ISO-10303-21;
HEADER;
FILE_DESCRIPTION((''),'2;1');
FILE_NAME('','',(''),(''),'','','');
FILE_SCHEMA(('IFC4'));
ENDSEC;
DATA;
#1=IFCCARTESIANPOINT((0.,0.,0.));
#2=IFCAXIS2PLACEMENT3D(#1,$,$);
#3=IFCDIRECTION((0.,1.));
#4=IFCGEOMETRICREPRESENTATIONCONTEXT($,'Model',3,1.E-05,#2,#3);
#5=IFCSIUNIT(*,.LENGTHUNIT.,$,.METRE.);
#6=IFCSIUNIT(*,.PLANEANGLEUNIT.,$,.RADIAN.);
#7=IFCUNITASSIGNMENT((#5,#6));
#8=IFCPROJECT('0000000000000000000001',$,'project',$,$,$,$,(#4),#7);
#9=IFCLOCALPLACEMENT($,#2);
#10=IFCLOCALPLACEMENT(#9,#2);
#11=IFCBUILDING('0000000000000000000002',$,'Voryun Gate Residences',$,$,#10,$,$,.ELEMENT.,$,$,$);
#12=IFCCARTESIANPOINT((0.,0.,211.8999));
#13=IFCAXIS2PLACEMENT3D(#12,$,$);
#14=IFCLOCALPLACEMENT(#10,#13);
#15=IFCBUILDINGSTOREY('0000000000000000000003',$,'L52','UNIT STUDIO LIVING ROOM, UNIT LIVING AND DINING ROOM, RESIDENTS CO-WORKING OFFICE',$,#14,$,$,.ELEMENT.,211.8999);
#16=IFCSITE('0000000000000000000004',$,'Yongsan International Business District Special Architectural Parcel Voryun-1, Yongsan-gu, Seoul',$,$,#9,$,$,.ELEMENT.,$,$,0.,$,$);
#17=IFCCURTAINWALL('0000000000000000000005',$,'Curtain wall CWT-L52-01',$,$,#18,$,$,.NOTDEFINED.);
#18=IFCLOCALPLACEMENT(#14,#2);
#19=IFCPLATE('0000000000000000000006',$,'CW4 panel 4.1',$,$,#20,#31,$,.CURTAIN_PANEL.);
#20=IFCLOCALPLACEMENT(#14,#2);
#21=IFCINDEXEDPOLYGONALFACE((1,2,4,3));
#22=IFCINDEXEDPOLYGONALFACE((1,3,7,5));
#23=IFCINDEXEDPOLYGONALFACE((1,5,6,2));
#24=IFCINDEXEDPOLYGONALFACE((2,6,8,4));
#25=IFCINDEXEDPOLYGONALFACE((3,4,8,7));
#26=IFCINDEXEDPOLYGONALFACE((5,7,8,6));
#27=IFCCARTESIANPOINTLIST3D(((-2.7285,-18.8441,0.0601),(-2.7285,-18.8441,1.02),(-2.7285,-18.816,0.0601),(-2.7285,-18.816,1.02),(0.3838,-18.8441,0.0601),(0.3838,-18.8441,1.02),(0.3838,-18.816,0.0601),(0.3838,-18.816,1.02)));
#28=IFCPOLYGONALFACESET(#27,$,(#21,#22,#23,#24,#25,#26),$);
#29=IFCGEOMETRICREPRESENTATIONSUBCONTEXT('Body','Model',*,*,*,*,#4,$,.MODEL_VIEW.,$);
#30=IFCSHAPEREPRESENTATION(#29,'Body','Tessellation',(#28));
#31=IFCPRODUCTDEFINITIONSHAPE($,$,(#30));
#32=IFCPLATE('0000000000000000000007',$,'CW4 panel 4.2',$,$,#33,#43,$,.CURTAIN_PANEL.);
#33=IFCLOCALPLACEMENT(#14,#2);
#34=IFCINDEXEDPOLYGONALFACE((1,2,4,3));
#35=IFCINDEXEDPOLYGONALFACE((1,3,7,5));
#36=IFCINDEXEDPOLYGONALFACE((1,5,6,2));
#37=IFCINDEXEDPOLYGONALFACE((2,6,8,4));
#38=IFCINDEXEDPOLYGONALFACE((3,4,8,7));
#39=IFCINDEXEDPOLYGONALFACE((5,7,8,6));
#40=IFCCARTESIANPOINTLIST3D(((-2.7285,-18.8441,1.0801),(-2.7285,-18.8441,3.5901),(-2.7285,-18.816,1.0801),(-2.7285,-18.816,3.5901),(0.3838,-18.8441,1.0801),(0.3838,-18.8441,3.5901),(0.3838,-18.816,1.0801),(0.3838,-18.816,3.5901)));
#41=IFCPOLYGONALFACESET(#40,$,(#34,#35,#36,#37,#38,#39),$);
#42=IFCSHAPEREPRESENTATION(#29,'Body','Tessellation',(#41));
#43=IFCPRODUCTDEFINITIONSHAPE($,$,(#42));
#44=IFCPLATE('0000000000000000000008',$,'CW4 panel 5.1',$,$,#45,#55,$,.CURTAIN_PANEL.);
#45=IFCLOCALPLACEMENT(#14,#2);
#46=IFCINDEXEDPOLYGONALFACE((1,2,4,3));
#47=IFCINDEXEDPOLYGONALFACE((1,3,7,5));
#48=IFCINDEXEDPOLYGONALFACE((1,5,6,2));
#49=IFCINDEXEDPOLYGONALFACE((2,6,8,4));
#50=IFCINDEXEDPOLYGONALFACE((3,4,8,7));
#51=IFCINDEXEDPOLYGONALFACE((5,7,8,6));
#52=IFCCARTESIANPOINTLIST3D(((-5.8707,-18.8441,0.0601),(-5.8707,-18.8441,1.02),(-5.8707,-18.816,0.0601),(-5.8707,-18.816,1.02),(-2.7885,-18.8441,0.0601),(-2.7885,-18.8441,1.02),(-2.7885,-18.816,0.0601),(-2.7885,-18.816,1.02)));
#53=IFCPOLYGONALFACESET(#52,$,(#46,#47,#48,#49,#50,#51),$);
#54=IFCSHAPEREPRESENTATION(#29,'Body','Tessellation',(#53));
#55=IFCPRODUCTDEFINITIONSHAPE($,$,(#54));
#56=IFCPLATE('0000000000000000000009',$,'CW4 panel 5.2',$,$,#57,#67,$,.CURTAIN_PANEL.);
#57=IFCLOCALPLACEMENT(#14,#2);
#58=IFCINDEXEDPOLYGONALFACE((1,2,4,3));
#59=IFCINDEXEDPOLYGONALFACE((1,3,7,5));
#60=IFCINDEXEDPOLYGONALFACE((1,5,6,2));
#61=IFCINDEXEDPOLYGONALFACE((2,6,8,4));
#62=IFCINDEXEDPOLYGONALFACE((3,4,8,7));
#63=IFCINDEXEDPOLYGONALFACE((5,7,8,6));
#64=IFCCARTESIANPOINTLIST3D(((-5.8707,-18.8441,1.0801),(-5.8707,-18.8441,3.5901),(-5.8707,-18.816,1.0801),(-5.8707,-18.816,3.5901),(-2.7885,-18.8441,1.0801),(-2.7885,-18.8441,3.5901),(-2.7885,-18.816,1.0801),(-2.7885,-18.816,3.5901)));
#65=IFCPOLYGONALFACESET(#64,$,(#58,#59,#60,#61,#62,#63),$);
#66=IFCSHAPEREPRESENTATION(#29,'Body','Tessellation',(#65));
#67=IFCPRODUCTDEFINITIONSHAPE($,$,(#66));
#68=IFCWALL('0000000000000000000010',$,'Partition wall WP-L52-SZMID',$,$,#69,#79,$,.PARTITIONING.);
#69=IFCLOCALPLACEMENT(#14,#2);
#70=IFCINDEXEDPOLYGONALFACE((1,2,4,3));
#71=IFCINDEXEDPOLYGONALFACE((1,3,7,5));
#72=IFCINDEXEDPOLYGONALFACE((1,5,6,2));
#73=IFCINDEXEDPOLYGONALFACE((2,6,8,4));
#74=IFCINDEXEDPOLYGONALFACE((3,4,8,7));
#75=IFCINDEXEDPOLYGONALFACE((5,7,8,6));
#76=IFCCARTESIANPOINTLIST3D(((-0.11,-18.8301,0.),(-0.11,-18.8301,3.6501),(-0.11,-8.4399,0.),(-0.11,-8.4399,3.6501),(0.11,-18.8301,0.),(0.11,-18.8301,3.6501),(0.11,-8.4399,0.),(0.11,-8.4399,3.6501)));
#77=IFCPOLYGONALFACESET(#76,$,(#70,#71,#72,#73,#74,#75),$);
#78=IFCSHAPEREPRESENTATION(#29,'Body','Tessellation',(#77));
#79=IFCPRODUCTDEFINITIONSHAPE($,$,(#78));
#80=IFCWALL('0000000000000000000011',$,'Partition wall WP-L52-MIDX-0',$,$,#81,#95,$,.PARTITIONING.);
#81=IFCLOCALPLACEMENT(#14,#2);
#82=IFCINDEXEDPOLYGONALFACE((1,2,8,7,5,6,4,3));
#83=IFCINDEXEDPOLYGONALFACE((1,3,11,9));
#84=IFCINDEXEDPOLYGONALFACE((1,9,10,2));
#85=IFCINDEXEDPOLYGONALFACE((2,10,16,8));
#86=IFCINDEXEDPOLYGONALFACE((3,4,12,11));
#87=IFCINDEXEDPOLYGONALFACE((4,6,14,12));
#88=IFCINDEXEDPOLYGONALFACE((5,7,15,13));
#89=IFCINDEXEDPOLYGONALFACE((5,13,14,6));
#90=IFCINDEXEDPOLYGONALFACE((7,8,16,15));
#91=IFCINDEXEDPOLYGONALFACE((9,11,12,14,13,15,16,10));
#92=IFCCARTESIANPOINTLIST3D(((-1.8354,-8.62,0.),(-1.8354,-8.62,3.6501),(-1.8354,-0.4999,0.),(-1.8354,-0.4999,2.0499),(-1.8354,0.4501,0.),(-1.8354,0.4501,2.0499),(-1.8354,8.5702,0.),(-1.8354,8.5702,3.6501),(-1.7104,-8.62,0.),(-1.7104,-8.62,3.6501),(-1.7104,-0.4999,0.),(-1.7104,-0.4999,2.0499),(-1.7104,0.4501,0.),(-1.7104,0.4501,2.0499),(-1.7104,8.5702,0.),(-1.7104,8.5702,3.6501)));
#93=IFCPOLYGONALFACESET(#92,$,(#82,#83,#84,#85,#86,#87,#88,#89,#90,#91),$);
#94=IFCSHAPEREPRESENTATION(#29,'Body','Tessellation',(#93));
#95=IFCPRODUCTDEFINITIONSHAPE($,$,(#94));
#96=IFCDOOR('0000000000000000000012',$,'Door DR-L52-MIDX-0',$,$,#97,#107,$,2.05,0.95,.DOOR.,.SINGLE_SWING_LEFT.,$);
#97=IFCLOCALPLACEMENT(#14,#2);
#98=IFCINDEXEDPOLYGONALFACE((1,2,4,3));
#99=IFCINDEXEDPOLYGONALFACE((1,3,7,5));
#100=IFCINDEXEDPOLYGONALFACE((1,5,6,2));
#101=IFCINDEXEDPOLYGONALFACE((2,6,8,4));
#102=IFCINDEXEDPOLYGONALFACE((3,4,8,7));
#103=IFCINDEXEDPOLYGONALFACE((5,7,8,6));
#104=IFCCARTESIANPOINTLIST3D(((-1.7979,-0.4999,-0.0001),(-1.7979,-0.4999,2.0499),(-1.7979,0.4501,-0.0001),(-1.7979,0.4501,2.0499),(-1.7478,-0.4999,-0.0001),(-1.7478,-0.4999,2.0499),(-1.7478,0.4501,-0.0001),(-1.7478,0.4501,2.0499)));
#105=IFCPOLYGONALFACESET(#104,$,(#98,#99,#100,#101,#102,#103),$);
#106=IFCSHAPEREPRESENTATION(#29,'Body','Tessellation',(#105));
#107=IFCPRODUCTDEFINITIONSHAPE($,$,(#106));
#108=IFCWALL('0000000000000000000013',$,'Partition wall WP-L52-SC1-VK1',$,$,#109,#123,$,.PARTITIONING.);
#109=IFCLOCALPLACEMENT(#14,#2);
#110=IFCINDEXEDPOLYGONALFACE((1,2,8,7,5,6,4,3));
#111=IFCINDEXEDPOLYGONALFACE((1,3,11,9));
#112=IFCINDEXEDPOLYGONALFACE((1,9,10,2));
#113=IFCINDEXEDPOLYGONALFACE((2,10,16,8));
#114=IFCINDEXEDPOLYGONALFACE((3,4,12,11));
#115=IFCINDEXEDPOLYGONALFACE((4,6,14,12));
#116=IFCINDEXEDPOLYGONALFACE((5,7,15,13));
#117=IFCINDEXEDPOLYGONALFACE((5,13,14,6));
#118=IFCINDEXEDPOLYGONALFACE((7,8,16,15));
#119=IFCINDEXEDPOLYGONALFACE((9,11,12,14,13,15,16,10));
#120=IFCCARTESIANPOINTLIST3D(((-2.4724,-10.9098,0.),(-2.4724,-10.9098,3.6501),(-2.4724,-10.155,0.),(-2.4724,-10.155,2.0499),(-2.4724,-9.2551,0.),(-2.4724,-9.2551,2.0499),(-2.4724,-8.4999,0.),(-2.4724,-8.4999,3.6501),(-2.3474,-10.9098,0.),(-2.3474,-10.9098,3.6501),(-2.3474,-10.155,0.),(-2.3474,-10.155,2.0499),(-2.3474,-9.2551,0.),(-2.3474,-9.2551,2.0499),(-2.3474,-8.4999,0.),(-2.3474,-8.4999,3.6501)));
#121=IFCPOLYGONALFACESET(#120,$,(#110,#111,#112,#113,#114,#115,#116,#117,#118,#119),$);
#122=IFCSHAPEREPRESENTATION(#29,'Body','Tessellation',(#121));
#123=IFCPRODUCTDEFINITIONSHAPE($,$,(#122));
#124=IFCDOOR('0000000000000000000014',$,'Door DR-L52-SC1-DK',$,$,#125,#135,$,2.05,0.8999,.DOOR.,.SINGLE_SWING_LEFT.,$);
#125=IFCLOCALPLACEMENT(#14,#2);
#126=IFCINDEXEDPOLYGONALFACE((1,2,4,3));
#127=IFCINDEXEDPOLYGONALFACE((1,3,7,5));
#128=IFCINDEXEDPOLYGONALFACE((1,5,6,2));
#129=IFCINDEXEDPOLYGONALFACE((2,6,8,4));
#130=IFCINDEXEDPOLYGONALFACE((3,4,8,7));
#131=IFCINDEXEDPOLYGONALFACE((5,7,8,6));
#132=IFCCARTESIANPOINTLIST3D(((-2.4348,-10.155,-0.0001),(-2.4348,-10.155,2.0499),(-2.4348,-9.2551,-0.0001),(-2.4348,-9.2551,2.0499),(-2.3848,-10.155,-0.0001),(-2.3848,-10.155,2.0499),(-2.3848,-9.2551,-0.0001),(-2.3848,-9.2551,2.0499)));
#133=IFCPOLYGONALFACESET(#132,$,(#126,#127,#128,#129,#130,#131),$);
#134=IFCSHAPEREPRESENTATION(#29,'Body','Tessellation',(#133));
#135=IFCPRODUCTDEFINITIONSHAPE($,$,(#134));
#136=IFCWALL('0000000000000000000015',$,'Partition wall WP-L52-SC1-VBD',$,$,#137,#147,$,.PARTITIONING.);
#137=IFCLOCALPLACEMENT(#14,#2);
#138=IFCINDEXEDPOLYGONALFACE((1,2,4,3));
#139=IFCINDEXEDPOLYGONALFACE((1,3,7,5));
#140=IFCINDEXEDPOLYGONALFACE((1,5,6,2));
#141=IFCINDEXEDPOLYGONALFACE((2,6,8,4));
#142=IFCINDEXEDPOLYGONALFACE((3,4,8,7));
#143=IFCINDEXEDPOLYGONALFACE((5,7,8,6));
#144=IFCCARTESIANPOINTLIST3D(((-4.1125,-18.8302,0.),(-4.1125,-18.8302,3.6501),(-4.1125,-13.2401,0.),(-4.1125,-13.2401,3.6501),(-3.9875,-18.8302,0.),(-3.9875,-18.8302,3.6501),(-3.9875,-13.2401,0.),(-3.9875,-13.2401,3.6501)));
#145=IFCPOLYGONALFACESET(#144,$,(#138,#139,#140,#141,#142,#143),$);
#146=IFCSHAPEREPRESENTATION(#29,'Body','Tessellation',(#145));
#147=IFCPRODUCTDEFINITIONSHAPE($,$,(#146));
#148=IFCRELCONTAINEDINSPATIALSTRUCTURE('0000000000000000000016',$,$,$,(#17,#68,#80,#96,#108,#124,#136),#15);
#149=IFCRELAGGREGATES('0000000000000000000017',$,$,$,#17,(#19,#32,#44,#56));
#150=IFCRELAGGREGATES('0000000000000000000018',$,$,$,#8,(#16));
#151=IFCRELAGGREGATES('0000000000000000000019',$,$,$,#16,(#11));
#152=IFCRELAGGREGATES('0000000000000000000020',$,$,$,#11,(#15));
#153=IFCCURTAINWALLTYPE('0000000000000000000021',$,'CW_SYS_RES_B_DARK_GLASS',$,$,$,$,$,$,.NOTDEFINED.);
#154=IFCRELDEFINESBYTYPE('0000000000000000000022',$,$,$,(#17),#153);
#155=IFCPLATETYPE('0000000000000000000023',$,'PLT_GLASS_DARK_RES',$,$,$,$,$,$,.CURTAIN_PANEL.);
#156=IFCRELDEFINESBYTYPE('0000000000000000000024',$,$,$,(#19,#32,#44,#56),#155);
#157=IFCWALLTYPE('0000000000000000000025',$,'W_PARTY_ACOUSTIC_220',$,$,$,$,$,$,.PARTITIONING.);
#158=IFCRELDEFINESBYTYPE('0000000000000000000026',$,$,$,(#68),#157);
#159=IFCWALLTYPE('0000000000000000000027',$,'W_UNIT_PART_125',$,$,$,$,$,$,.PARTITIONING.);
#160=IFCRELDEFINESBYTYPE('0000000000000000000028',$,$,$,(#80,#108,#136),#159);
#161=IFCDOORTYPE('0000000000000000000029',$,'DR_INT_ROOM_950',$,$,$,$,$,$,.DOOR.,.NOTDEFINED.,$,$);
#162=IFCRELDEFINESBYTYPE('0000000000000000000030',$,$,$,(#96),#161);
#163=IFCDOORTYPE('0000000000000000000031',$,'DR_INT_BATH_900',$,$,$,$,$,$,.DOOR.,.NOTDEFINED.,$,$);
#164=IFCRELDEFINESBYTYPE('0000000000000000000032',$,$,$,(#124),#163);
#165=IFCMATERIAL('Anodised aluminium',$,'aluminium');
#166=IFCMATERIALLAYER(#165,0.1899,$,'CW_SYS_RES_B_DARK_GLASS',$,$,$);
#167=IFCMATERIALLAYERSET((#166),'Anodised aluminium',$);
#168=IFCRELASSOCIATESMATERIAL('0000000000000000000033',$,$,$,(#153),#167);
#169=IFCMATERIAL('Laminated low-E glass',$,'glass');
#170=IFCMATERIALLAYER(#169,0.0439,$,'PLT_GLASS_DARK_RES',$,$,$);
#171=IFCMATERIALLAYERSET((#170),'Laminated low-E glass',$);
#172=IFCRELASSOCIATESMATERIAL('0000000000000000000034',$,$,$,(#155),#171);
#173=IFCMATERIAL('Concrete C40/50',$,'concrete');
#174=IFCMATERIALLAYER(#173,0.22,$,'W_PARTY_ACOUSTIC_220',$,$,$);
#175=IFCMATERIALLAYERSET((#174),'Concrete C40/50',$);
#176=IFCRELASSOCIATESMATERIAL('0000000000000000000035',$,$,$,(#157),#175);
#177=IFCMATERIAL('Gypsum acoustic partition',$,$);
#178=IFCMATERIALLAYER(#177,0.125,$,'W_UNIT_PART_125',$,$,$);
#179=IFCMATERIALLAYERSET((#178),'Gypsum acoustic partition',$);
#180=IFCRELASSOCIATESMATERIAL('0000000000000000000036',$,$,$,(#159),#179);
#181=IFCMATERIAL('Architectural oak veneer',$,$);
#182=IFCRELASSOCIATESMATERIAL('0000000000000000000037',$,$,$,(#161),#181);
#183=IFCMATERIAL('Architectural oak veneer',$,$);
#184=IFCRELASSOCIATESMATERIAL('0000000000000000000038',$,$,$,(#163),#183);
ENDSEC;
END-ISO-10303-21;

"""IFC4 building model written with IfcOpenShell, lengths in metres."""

from ifc_helpers import new_model, si_unit, direction, frame, frame_2d, origin, origin_2d, place, context, subcontext, project, spatial, rectangle, extrude, material, layer, layer_set, type_object, element, fill, aggregate, save


model = new_model("IFC4")

# Units and contexts
model_context = context("Model", 3, precision=1e-05, world=origin(), true_north=direction((0.0, 1.0)))
body_context = subcontext(model_context, "Body", "Model", "MODEL_VIEW")
ifc_project = project(units=[si_unit("LENGTHUNIT", "METRE"), si_unit("PLANEANGLEUNIT", "RADIAN")], contexts=[model_context])

# Site, building, storey
site_placement = place(None, origin())
site = spatial("IfcSite", under=ifc_project, at=site_placement, Name="Yongsan International Business District Special Architectural Parcel Voryun-1, Yongsan-gu, Seoul", CompositionType="ELEMENT", RefElevation=0.0)
building_placement = place(site_placement, origin())
building = spatial("IfcBuilding", under=site, at=building_placement, Name="Voryun Gate Residences", CompositionType="ELEMENT")
storey_placement = place(building_placement, frame((0.0, 0.0, 211.8999)))
storey = spatial("IfcBuildingStorey", under=building, at=storey_placement, Name="L52", Description="UNIT STUDIO LIVING ROOM, UNIT LIVING AND DINING ROOM, RESIDENTS CO-WORKING OFFICE", CompositionType="ELEMENT", Elevation=211.8999)

# Curtain wall, plates
ifc_material_1 = material(Name="Anodised aluminium", Category="aluminium")
ifc_layer_1 = layer(ifc_material_1, 0.1899, Name="CW_SYS_RES_B_DARK_GLASS")
ifc_layer_set_1 = layer_set([ifc_layer_1], Name="Anodised aluminium")
curtain_wall_type = type_object("IfcCurtainWallType", Name="CW_SYS_RES_B_DARK_GLASS", PredefinedType="NOTDEFINED", material=ifc_layer_set_1)
curtain_wall_placement = place(storey_placement, origin())
curtain_wall = element("IfcCurtainWall", 1, at=curtain_wall_placement, inside=storey, type_object=curtain_wall_type, Name="Curtain wall CWT-L52-01", PredefinedType="NOTDEFINED")
ifc_material_2 = material(Name="Laminated low-E glass", Category="glass")
ifc_layer_2 = layer(ifc_material_2, 0.0439, Name="PLT_GLASS_DARK_RES")
ifc_layer_set_2 = layer_set([ifc_layer_2], Name="Laminated low-E glass")
plate_type = type_object("IfcPlateType", Name="PLT_GLASS_DARK_RES", PredefinedType="CURTAIN_PANEL", material=ifc_layer_set_2)
plate_1_placement = place(storey_placement, frame((-1.1724, -18.8301, 0.0601), z_axis=(0.0, 0.0, 1.0), x_axis=(-1.0, 0.0, 0.0)))
plate_1 = element("IfcPlate", 2, at=plate_1_placement, type_object=plate_type, Name="CW4 panel 4.1", PredefinedType="CURTAIN_PANEL", context=body_context, shape_type="SweptSolid", body=[
    extrude(rectangle(XDim=3.1123, YDim=0.0281, at=origin_2d()), origin(), (0.0, 0.0, 1.0), 0.96),
])
plate_2_placement = place(storey_placement, frame((-1.1724, -18.8301, 1.0801), z_axis=(0.0, 0.0, 1.0), x_axis=(-1.0, 0.0, 0.0)))
plate_2 = element("IfcPlate", 3, at=plate_2_placement, type_object=plate_type, Name="CW4 panel 4.2", PredefinedType="CURTAIN_PANEL", context=body_context, shape_type="SweptSolid", body=[
    extrude(rectangle(XDim=3.1123, YDim=0.0281, at=origin_2d()), origin(), (0.0, 0.0, 1.0), 2.51),
])
plate_3_placement = place(storey_placement, frame((-4.3296, -18.8301, 0.0601), z_axis=(0.0, 0.0, 1.0), x_axis=(-1.0, 0.0, 0.0)))
plate_3 = element("IfcPlate", 4, at=plate_3_placement, type_object=plate_type, Name="CW4 panel 5.1", PredefinedType="CURTAIN_PANEL", context=body_context, shape_type="SweptSolid", body=[
    extrude(rectangle(XDim=3.0823, YDim=0.0281, at=origin_2d()), origin(), (0.0, 0.0, 1.0), 0.96),
])
plate_4_placement = place(storey_placement, frame((-4.3296, -18.8301, 1.0801), z_axis=(0.0, 0.0, 1.0), x_axis=(-1.0, 0.0, 0.0)))
plate_4 = element("IfcPlate", 5, at=plate_4_placement, type_object=plate_type, Name="CW4 panel 5.2", PredefinedType="CURTAIN_PANEL", context=body_context, shape_type="SweptSolid", body=[
    extrude(rectangle(XDim=3.0823, YDim=0.0281, at=origin_2d()), origin(), (0.0, 0.0, 1.0), 2.51),
])
aggregate(curtain_wall, [plate_1, plate_2, plate_3, plate_4])

# Wall
ifc_material_3 = material(Name="Concrete C40/50", Category="concrete")
ifc_layer_3 = layer(ifc_material_3, 0.22, Name="W_PARTY_ACOUSTIC_220")
ifc_layer_set_3 = layer_set([ifc_layer_3], Name="Concrete C40/50")
wall_type_1 = type_object("IfcWallType", Name="W_PARTY_ACOUSTIC_220", PredefinedType="PARTITIONING", material=ifc_layer_set_3)
wall_1_placement = place(storey_placement, frame((0.0, -18.8301, 0.0), z_axis=(0.0, 0.0, 1.0), x_axis=(0.0, 1.0, 0.0)))
element("IfcWall", 6, at=wall_1_placement, inside=storey, type_object=wall_type_1, Name="Partition wall WP-L52-SZMID", PredefinedType="PARTITIONING", context=body_context, shape_type="SweptSolid", body=[
    extrude(rectangle(XDim=10.3901, YDim=0.22, at=frame_2d((5.1951, 0.0))), origin(), (0.0, 0.0, 1.0), 3.6501),
])

# Walls, openings, doors
ifc_material_4 = material(Name="Gypsum acoustic partition")
ifc_layer_4 = layer(ifc_material_4, 0.125, Name="W_UNIT_PART_125")
ifc_layer_set_4 = layer_set([ifc_layer_4], Name="Gypsum acoustic partition")
wall_type_2 = type_object("IfcWallType", Name="W_UNIT_PART_125", PredefinedType="PARTITIONING", material=ifc_layer_set_4)
wall_2_placement = place(storey_placement, frame((-1.7729, -8.6201, 0.0), z_axis=(0.0, 0.0, 1.0), x_axis=(0.0, 1.0, 0.0)))
wall_2 = element("IfcWall", 7, at=wall_2_placement, inside=storey, type_object=wall_type_2, Name="Partition wall WP-L52-MIDX-0", PredefinedType="PARTITIONING", context=body_context, shape_type="SweptSolid", body=[
    extrude(rectangle(XDim=17.1902, YDim=0.125, at=frame_2d((8.5952, 0.0))), origin(), (0.0, 0.0, 1.0), 3.6501),
])
opening_1_placement = place(wall_2_placement, frame((8.1201, 0.0, 0.0)))
opening_1 = element("IfcOpeningElement", 8, at=opening_1_placement, cuts=wall_2, PredefinedType="OPENING", context=body_context, shape_type="SweptSolid", body=[
    extrude(rectangle(XDim=0.95, YDim=2.05, at=frame_2d((0.4751, 1.0249))), frame((0.0, 0.0725, 0.0), z_axis=(0.0, -1.0, 0.0), x_axis=(1.0, 0.0, 0.0)), (0.0, 0.0, 1.0), 0.145),
])
ifc_material_5 = material(Name="Architectural oak veneer")
door_type_1 = type_object("IfcDoorType", Name="DR_INT_ROOM_950", OperationType="NOTDEFINED", PredefinedType="DOOR", material=ifc_material_5)
door_1_placement = place(opening_1_placement, origin())
door_1 = element("IfcDoor", 9, at=door_1_placement, inside=storey, type_object=door_type_1, Name="Door DR-L52-MIDX-0", OperationType="SINGLE_SWING_LEFT", OverallHeight=2.05, OverallWidth=0.95, PredefinedType="DOOR", context=body_context, shape_type="SweptSolid", body=[
    extrude(rectangle(XDim=0.95, YDim=2.05, at=frame_2d((0.4751, 1.0249))), frame((0.0, 0.0249, 0.0), z_axis=(0.0, -1.0, 0.0), x_axis=(1.0, 0.0, 0.0)), (0.0, 0.0, 1.0), 0.05),
])
fill(opening_1, door_1)
wall_3_placement = place(storey_placement, frame((-2.4099, -10.9099, 0.0), z_axis=(0.0, 0.0, 1.0), x_axis=(0.0, 1.0, 0.0)))
wall_3 = element("IfcWall", 10, at=wall_3_placement, inside=storey, type_object=wall_type_2, Name="Partition wall WP-L52-SC1-VK1", PredefinedType="PARTITIONING", context=body_context, shape_type="SweptSolid", body=[
    extrude(rectangle(XDim=2.4099, YDim=0.125, at=frame_2d((1.2051, 0.0))), origin(), (0.0, 0.0, 1.0), 3.6501),
])
opening_2_placement = place(wall_3_placement, frame((0.7549, 0.0, 0.0)))
opening_2 = element("IfcOpeningElement", 11, at=opening_2_placement, cuts=wall_3, PredefinedType="OPENING", context=body_context, shape_type="SweptSolid", body=[
    extrude(rectangle(XDim=0.8999, YDim=2.05, at=frame_2d((0.45, 1.0249))), frame((0.0, 0.0725, 0.0), z_axis=(0.0, -1.0, 0.0), x_axis=(1.0, 0.0, 0.0)), (0.0, 0.0, 1.0), 0.145),
])
ifc_material_6 = material(Name="Architectural oak veneer")
door_type_2 = type_object("IfcDoorType", Name="DR_INT_BATH_900", OperationType="NOTDEFINED", PredefinedType="DOOR", material=ifc_material_6)
door_2_placement = place(opening_2_placement, origin())
door_2 = element("IfcDoor", 12, at=door_2_placement, inside=storey, type_object=door_type_2, Name="Door DR-L52-SC1-DK", OperationType="SINGLE_SWING_LEFT", OverallHeight=2.05, OverallWidth=0.8999, PredefinedType="DOOR", context=body_context, shape_type="SweptSolid", body=[
    extrude(rectangle(XDim=0.8999, YDim=2.05, at=frame_2d((0.45, 1.0249))), frame((0.0, 0.0249, 0.0), z_axis=(0.0, -1.0, 0.0), x_axis=(1.0, 0.0, 0.0)), (0.0, 0.0, 1.0), 0.05),
])
fill(opening_2, door_2)

# Wall
wall_4_placement = place(storey_placement, frame((-4.05, -18.8301, 0.0), z_axis=(0.0, 0.0, 1.0), x_axis=(0.0, 1.0, 0.0)))
element("IfcWall", 13, at=wall_4_placement, inside=storey, type_object=wall_type_2, Name="Partition wall WP-L52-SC1-VBD", PredefinedType="PARTITIONING", context=body_context, shape_type="SweptSolid", body=[
    extrude(rectangle(XDim=5.5901, YDim=0.125, at=frame_2d((2.7949, 0.0))), origin(), (0.0, 0.0, 1.0), 3.6501),
])

save(model, "model.ifc")
